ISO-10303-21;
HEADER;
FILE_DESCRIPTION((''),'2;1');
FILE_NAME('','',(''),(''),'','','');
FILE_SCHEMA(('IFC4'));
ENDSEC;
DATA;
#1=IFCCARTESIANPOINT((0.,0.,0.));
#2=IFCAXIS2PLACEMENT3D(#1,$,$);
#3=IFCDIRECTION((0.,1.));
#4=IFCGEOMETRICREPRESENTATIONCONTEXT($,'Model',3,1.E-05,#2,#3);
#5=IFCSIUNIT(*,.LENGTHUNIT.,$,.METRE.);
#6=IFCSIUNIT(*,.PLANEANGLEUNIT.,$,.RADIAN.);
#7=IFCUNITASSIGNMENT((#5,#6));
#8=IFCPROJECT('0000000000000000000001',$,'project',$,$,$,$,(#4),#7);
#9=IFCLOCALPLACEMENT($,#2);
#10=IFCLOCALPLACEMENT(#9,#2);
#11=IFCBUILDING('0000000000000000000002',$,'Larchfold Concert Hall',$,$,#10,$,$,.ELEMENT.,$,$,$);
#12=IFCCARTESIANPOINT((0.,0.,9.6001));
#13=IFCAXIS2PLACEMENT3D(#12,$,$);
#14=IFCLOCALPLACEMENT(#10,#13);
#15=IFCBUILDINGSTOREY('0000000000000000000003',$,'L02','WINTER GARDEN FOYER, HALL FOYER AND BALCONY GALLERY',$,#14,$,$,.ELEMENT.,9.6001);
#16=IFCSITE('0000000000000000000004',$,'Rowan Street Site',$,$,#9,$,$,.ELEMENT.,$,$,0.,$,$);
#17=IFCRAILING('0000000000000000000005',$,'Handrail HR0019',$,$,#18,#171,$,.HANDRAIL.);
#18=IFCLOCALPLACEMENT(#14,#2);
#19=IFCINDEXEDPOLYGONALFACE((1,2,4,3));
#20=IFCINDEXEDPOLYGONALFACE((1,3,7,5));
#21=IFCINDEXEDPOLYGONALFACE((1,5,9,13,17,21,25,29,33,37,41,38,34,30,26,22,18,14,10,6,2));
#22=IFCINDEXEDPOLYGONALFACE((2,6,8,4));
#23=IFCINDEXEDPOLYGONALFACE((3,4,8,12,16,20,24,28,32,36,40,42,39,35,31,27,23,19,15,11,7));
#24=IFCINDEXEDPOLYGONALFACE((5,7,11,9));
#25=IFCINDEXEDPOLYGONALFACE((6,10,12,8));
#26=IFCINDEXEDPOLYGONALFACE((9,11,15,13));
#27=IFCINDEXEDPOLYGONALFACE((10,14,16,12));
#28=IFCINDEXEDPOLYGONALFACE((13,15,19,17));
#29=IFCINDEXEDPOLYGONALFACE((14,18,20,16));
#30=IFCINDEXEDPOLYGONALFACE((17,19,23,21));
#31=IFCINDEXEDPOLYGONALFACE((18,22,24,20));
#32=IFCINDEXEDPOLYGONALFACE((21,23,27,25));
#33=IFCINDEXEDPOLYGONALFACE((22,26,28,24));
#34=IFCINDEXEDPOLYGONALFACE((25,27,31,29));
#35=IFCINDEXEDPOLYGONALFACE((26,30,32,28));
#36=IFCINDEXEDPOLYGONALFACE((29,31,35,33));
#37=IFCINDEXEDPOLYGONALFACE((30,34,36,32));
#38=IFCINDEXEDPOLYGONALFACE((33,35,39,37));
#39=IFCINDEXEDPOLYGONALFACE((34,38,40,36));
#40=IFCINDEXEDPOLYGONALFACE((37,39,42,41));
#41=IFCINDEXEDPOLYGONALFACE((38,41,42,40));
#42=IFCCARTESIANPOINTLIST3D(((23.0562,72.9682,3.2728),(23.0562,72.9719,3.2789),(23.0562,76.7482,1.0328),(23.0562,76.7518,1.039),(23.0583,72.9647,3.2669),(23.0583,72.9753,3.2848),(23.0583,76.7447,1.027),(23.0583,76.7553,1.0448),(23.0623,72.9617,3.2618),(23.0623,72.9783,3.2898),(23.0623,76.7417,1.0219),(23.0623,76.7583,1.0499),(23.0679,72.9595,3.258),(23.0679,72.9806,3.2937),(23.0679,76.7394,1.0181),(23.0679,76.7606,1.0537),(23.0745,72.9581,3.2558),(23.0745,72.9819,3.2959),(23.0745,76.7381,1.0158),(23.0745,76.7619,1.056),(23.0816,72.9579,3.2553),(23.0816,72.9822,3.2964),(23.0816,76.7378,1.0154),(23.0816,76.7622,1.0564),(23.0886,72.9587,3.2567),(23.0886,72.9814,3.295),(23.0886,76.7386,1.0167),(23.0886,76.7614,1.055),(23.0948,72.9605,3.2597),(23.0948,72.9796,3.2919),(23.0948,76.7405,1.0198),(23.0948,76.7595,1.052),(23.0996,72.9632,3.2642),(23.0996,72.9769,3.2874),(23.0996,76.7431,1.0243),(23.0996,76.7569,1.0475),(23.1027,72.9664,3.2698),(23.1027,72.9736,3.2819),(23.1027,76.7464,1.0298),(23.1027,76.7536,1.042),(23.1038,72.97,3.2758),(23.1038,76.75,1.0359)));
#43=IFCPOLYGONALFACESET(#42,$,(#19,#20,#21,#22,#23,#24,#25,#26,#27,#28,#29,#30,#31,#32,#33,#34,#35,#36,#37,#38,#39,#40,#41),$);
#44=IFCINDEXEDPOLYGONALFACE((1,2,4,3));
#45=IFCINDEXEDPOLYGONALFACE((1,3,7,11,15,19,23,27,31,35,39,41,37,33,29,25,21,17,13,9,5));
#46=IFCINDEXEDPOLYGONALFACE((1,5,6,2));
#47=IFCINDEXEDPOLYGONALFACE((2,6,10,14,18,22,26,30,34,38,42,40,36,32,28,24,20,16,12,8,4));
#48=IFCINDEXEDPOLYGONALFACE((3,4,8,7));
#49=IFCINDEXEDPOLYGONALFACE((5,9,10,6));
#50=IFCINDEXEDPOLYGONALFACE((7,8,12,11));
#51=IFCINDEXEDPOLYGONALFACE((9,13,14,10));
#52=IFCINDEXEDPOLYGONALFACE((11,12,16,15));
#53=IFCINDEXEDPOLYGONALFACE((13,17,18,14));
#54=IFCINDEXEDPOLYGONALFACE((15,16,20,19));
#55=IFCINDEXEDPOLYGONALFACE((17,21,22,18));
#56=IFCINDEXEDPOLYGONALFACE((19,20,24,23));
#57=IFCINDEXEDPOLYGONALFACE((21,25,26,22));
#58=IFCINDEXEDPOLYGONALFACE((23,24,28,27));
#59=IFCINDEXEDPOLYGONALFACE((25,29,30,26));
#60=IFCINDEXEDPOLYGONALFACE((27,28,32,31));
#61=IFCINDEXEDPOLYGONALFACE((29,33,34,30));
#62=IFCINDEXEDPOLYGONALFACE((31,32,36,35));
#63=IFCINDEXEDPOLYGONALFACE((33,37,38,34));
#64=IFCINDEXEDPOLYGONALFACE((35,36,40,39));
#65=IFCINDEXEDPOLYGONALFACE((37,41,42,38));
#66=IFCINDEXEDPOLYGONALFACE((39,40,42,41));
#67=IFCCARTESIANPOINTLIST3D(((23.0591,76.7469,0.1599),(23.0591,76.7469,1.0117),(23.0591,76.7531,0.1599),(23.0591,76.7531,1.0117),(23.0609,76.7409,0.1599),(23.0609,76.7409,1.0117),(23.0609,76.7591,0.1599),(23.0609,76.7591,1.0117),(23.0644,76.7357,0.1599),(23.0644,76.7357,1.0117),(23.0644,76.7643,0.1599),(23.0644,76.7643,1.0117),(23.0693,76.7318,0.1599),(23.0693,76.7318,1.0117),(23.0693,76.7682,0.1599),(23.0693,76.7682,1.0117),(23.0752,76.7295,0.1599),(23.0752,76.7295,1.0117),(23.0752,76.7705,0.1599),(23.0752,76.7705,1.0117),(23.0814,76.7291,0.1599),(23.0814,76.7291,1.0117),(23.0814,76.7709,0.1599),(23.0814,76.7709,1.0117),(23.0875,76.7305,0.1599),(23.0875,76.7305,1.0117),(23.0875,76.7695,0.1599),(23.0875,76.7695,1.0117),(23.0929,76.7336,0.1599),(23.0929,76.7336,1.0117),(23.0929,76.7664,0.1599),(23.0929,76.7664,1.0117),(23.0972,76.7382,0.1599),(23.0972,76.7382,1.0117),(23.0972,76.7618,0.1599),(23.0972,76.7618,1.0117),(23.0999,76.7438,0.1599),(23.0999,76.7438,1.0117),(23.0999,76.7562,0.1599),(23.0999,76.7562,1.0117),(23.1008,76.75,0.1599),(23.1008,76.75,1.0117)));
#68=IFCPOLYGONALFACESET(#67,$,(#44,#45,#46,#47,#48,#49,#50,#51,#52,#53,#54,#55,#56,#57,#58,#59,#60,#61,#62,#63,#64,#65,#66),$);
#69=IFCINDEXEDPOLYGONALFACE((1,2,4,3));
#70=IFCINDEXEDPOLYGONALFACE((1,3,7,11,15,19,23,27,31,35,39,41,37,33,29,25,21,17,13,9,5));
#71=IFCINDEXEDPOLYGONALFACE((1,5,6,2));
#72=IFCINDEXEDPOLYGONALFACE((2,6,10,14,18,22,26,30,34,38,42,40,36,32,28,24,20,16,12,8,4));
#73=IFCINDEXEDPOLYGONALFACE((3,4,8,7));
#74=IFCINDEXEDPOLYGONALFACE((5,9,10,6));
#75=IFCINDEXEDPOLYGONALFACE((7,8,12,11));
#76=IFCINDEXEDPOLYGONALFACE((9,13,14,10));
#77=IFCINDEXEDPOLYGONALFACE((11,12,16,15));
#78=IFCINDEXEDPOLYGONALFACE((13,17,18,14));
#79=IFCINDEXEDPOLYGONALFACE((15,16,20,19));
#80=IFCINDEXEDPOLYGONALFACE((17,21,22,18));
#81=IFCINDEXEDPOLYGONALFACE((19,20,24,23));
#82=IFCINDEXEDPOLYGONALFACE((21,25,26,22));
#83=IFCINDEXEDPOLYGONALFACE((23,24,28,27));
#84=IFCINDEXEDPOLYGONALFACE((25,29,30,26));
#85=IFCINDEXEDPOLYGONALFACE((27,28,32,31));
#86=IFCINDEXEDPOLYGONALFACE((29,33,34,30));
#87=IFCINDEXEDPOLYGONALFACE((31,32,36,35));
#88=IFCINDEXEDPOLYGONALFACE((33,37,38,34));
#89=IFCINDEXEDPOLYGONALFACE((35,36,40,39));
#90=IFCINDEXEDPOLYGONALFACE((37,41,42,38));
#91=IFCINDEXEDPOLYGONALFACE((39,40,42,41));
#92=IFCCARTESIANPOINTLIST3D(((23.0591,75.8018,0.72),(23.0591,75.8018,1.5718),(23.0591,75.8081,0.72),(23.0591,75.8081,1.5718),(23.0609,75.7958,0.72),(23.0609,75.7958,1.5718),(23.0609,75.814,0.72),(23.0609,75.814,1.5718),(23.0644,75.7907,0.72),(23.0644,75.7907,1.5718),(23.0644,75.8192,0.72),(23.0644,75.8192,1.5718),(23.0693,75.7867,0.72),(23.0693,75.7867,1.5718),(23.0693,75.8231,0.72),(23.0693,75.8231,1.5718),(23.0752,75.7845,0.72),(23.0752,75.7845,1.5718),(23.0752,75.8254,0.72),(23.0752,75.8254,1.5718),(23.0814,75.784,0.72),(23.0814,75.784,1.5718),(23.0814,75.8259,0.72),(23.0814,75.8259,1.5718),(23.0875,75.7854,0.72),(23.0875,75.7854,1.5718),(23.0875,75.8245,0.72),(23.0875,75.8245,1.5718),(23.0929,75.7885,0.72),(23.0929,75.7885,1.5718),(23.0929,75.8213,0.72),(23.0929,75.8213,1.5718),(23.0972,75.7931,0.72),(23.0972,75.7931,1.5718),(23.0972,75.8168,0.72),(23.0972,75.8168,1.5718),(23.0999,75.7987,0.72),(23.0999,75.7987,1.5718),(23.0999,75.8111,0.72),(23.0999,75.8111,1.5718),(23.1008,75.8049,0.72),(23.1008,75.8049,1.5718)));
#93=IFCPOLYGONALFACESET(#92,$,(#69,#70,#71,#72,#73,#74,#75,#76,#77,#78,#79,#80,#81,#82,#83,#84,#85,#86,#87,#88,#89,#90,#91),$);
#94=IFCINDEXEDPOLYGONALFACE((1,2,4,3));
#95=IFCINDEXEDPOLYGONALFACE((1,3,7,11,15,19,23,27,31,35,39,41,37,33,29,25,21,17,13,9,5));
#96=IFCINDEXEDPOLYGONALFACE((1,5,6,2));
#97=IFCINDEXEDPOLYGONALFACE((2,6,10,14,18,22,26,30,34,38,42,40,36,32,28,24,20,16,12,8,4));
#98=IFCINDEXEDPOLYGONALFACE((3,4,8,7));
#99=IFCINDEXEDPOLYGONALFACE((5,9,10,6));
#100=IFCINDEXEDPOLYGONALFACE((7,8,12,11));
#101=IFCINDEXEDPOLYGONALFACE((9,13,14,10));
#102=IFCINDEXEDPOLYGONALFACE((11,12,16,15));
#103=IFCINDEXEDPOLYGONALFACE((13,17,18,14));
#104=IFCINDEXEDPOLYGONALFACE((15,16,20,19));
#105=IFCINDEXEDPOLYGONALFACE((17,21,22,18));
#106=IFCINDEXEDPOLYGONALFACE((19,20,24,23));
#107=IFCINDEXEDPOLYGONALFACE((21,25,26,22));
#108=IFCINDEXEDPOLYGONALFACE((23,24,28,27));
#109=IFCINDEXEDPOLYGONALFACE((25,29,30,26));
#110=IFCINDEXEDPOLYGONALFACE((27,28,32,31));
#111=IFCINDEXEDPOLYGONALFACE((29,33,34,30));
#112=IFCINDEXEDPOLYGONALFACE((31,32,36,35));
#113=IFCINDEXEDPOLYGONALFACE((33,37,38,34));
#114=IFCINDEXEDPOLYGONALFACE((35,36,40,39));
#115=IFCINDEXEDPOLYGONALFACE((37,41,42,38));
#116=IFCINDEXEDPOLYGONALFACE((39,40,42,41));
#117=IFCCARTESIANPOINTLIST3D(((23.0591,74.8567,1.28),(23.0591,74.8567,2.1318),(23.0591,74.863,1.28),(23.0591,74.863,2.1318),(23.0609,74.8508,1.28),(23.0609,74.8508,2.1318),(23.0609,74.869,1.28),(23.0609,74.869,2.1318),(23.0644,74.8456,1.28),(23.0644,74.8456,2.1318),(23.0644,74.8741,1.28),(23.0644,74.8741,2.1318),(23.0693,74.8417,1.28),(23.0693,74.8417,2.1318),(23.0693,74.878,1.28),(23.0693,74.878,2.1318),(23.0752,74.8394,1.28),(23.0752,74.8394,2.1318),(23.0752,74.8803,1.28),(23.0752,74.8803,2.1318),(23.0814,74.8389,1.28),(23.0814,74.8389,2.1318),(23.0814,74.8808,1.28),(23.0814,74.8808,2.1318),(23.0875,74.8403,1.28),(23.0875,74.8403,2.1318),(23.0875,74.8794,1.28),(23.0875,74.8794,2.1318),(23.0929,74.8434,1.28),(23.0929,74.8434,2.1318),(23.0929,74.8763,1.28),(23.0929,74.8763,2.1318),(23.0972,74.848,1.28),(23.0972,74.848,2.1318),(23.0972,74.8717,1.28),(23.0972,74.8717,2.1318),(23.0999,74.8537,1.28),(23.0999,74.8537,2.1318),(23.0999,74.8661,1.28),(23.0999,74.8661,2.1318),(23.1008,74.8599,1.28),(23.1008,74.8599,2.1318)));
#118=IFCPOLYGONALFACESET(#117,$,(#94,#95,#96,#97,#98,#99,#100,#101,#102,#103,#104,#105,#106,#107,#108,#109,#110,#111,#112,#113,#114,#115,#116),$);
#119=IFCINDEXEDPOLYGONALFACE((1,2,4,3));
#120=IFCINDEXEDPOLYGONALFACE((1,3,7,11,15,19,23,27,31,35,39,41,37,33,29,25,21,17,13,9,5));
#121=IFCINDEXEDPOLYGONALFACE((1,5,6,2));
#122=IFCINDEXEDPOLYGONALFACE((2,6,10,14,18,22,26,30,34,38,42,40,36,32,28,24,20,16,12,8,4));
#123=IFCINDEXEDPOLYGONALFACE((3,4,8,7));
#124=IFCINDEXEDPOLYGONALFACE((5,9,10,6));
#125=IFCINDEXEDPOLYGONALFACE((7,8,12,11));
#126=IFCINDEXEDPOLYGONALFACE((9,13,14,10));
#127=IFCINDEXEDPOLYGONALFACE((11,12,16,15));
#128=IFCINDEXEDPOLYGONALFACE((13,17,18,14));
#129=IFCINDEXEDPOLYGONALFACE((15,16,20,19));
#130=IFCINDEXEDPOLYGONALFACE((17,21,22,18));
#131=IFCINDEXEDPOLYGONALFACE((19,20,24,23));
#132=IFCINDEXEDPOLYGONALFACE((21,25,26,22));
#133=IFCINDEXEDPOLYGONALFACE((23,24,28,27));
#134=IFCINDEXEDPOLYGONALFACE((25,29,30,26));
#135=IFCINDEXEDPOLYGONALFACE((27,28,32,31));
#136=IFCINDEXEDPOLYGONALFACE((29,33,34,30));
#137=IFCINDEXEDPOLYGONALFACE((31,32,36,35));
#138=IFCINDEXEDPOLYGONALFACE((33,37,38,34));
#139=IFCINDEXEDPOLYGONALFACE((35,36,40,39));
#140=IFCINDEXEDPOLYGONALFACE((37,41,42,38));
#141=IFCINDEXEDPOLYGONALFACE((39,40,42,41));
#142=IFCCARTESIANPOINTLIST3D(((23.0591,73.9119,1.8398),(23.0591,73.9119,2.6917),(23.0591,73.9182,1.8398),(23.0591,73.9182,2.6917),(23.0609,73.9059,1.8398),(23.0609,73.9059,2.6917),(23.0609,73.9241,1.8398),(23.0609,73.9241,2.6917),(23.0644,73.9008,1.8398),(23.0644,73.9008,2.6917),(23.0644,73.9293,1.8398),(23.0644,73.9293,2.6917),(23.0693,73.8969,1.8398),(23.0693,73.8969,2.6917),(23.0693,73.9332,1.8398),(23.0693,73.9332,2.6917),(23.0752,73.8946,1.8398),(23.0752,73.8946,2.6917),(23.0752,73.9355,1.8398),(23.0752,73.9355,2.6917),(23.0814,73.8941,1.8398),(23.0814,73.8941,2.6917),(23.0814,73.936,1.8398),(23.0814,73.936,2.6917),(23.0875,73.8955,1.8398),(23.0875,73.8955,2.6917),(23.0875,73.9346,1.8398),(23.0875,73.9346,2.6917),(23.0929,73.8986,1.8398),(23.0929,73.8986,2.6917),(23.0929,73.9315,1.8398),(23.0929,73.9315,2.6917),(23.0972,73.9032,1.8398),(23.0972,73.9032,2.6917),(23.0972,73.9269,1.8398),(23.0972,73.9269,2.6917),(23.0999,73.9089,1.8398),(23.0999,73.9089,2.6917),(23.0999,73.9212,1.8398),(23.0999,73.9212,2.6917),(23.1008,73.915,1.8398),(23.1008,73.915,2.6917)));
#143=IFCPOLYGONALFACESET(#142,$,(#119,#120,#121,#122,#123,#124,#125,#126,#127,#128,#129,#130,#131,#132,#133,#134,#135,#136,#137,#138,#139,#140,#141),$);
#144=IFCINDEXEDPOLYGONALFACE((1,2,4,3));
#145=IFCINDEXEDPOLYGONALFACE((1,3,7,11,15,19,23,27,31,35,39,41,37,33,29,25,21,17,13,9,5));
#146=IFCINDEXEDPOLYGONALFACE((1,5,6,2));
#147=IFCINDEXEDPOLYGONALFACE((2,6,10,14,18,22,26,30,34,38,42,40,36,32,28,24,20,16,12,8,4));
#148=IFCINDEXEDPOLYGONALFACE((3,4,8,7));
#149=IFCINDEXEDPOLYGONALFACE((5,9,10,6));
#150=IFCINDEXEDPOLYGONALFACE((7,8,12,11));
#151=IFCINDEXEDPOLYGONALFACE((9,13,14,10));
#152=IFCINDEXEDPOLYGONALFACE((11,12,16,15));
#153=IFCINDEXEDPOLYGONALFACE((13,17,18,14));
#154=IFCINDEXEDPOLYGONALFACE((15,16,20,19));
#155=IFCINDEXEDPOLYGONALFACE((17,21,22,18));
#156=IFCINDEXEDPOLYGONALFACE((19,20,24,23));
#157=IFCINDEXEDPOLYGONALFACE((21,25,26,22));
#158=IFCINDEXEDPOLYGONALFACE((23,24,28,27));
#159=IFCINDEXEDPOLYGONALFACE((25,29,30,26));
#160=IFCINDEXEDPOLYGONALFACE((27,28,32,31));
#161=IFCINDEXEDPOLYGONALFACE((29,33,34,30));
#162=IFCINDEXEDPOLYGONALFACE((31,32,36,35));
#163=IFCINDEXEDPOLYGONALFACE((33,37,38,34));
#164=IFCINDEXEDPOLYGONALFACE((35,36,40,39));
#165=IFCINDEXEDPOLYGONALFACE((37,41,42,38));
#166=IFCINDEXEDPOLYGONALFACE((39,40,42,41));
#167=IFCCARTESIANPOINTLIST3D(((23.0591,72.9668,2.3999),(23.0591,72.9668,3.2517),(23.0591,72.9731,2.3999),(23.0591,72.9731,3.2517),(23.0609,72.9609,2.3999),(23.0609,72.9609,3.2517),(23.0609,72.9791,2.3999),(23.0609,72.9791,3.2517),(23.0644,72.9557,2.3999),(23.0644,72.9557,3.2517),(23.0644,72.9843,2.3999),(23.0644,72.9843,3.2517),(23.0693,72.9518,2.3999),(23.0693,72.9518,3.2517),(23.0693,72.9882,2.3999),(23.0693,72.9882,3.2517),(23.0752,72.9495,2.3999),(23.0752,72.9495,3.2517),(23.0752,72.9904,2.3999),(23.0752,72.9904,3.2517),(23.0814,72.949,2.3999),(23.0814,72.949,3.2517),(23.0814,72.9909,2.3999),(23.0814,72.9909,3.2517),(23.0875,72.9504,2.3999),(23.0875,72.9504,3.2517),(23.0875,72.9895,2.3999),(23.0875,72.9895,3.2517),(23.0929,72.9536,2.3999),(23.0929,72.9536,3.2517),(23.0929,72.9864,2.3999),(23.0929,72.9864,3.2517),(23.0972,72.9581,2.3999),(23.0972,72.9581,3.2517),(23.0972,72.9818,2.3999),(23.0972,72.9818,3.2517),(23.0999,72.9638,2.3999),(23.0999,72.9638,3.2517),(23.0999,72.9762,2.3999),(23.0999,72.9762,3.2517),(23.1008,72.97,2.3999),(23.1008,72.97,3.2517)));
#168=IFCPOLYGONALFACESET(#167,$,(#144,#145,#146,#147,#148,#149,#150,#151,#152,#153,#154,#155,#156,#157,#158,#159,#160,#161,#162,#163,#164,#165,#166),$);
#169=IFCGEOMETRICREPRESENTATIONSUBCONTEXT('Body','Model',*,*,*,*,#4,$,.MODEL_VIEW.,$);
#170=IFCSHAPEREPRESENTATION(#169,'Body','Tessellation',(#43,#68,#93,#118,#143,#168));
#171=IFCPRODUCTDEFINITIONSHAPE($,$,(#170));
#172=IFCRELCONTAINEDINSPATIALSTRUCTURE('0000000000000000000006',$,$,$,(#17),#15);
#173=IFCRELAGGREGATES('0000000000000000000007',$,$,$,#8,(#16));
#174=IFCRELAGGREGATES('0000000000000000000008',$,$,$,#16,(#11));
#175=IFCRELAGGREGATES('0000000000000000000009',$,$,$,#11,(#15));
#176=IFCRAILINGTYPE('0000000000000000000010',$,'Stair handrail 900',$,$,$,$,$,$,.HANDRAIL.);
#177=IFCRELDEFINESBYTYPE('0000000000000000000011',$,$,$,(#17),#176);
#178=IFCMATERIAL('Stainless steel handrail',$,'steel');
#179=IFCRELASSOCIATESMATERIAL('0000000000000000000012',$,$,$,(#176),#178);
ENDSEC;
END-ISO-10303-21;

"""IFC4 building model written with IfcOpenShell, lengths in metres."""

from ifc_helpers import new_model, si_unit, direction, frame, origin, origin_2d, place, context, subcontext, project, spatial, circle, extrude, material, type_object, element, save


model = new_model("IFC4")

# Units and contexts
model_context = context("Model", 3, precision=1e-05, world=origin(), true_north=direction((0.0, 1.0)))
body_context = subcontext(model_context, "Body", "Model", "MODEL_VIEW")
ifc_project = project(units=[si_unit("LENGTHUNIT", "METRE"), si_unit("PLANEANGLEUNIT", "RADIAN")], contexts=[model_context])

# Site, building, storey
site_placement = place(None, origin())
site = spatial("IfcSite", under=ifc_project, at=site_placement, Name="Rowan Street Site", CompositionType="ELEMENT", RefElevation=0.0)
building_placement = place(site_placement, origin())
building = spatial("IfcBuilding", under=site, at=building_placement, Name="Larchfold Concert Hall", CompositionType="ELEMENT")
storey_placement = place(building_placement, frame((0.0, 0.0, 9.6001)))
storey = spatial("IfcBuildingStorey", under=building, at=storey_placement, Name="L02", Description="WINTER GARDEN FOYER, HALL FOYER AND BALCONY GALLERY", CompositionType="ELEMENT", Elevation=9.6001)

# Railing
ifc_material_1 = material(Name="Stainless steel handrail", Category="steel")
railing_type_1 = type_object("IfcRailingType", Name="Stair handrail 900", PredefinedType="HANDRAIL", material=ifc_material_1)
railing_1_placement = place(storey_placement, frame((23.0798, 76.75, 0.1599)))
element("IfcRailing", 1, at=railing_1_placement, inside=storey, type_object=railing_type_1, Name="Handrail HR0019", PredefinedType="HANDRAIL", context=body_context, shape_type="SweptSolid", body=[
    extrude(circle(Radius=0.0239, at=origin_2d()), frame((0.0, 0.0, 0.876), z_axis=(0.0, -0.860294, 0.509798), x_axis=(1.0, 0.0, 0.0)), (0.0, 0.0, 1.0), 4.3938),
    extrude(circle(Radius=0.021, at=origin_2d()), origin(), (0.0, 0.0, 1.0), 0.8518),
    extrude(circle(Radius=0.021, at=origin_2d()), frame((0.0, -0.9451, 0.5601)), (0.0, 0.0, 1.0), 0.8518),
    extrude(circle(Radius=0.021, at=origin_2d()), frame((0.0, -1.8901, 1.1201)), (0.0, 0.0, 1.0), 0.8518),
    extrude(circle(Radius=0.021, at=origin_2d()), frame((0.0, -2.835, 1.6799)), (0.0, 0.0, 1.0), 0.8518),
    extrude(circle(Radius=0.021, at=origin_2d()), frame((0.0, -3.78, 2.24)), (0.0, 0.0, 1.0), 0.8518),
])

save(model, "model.ifc")
